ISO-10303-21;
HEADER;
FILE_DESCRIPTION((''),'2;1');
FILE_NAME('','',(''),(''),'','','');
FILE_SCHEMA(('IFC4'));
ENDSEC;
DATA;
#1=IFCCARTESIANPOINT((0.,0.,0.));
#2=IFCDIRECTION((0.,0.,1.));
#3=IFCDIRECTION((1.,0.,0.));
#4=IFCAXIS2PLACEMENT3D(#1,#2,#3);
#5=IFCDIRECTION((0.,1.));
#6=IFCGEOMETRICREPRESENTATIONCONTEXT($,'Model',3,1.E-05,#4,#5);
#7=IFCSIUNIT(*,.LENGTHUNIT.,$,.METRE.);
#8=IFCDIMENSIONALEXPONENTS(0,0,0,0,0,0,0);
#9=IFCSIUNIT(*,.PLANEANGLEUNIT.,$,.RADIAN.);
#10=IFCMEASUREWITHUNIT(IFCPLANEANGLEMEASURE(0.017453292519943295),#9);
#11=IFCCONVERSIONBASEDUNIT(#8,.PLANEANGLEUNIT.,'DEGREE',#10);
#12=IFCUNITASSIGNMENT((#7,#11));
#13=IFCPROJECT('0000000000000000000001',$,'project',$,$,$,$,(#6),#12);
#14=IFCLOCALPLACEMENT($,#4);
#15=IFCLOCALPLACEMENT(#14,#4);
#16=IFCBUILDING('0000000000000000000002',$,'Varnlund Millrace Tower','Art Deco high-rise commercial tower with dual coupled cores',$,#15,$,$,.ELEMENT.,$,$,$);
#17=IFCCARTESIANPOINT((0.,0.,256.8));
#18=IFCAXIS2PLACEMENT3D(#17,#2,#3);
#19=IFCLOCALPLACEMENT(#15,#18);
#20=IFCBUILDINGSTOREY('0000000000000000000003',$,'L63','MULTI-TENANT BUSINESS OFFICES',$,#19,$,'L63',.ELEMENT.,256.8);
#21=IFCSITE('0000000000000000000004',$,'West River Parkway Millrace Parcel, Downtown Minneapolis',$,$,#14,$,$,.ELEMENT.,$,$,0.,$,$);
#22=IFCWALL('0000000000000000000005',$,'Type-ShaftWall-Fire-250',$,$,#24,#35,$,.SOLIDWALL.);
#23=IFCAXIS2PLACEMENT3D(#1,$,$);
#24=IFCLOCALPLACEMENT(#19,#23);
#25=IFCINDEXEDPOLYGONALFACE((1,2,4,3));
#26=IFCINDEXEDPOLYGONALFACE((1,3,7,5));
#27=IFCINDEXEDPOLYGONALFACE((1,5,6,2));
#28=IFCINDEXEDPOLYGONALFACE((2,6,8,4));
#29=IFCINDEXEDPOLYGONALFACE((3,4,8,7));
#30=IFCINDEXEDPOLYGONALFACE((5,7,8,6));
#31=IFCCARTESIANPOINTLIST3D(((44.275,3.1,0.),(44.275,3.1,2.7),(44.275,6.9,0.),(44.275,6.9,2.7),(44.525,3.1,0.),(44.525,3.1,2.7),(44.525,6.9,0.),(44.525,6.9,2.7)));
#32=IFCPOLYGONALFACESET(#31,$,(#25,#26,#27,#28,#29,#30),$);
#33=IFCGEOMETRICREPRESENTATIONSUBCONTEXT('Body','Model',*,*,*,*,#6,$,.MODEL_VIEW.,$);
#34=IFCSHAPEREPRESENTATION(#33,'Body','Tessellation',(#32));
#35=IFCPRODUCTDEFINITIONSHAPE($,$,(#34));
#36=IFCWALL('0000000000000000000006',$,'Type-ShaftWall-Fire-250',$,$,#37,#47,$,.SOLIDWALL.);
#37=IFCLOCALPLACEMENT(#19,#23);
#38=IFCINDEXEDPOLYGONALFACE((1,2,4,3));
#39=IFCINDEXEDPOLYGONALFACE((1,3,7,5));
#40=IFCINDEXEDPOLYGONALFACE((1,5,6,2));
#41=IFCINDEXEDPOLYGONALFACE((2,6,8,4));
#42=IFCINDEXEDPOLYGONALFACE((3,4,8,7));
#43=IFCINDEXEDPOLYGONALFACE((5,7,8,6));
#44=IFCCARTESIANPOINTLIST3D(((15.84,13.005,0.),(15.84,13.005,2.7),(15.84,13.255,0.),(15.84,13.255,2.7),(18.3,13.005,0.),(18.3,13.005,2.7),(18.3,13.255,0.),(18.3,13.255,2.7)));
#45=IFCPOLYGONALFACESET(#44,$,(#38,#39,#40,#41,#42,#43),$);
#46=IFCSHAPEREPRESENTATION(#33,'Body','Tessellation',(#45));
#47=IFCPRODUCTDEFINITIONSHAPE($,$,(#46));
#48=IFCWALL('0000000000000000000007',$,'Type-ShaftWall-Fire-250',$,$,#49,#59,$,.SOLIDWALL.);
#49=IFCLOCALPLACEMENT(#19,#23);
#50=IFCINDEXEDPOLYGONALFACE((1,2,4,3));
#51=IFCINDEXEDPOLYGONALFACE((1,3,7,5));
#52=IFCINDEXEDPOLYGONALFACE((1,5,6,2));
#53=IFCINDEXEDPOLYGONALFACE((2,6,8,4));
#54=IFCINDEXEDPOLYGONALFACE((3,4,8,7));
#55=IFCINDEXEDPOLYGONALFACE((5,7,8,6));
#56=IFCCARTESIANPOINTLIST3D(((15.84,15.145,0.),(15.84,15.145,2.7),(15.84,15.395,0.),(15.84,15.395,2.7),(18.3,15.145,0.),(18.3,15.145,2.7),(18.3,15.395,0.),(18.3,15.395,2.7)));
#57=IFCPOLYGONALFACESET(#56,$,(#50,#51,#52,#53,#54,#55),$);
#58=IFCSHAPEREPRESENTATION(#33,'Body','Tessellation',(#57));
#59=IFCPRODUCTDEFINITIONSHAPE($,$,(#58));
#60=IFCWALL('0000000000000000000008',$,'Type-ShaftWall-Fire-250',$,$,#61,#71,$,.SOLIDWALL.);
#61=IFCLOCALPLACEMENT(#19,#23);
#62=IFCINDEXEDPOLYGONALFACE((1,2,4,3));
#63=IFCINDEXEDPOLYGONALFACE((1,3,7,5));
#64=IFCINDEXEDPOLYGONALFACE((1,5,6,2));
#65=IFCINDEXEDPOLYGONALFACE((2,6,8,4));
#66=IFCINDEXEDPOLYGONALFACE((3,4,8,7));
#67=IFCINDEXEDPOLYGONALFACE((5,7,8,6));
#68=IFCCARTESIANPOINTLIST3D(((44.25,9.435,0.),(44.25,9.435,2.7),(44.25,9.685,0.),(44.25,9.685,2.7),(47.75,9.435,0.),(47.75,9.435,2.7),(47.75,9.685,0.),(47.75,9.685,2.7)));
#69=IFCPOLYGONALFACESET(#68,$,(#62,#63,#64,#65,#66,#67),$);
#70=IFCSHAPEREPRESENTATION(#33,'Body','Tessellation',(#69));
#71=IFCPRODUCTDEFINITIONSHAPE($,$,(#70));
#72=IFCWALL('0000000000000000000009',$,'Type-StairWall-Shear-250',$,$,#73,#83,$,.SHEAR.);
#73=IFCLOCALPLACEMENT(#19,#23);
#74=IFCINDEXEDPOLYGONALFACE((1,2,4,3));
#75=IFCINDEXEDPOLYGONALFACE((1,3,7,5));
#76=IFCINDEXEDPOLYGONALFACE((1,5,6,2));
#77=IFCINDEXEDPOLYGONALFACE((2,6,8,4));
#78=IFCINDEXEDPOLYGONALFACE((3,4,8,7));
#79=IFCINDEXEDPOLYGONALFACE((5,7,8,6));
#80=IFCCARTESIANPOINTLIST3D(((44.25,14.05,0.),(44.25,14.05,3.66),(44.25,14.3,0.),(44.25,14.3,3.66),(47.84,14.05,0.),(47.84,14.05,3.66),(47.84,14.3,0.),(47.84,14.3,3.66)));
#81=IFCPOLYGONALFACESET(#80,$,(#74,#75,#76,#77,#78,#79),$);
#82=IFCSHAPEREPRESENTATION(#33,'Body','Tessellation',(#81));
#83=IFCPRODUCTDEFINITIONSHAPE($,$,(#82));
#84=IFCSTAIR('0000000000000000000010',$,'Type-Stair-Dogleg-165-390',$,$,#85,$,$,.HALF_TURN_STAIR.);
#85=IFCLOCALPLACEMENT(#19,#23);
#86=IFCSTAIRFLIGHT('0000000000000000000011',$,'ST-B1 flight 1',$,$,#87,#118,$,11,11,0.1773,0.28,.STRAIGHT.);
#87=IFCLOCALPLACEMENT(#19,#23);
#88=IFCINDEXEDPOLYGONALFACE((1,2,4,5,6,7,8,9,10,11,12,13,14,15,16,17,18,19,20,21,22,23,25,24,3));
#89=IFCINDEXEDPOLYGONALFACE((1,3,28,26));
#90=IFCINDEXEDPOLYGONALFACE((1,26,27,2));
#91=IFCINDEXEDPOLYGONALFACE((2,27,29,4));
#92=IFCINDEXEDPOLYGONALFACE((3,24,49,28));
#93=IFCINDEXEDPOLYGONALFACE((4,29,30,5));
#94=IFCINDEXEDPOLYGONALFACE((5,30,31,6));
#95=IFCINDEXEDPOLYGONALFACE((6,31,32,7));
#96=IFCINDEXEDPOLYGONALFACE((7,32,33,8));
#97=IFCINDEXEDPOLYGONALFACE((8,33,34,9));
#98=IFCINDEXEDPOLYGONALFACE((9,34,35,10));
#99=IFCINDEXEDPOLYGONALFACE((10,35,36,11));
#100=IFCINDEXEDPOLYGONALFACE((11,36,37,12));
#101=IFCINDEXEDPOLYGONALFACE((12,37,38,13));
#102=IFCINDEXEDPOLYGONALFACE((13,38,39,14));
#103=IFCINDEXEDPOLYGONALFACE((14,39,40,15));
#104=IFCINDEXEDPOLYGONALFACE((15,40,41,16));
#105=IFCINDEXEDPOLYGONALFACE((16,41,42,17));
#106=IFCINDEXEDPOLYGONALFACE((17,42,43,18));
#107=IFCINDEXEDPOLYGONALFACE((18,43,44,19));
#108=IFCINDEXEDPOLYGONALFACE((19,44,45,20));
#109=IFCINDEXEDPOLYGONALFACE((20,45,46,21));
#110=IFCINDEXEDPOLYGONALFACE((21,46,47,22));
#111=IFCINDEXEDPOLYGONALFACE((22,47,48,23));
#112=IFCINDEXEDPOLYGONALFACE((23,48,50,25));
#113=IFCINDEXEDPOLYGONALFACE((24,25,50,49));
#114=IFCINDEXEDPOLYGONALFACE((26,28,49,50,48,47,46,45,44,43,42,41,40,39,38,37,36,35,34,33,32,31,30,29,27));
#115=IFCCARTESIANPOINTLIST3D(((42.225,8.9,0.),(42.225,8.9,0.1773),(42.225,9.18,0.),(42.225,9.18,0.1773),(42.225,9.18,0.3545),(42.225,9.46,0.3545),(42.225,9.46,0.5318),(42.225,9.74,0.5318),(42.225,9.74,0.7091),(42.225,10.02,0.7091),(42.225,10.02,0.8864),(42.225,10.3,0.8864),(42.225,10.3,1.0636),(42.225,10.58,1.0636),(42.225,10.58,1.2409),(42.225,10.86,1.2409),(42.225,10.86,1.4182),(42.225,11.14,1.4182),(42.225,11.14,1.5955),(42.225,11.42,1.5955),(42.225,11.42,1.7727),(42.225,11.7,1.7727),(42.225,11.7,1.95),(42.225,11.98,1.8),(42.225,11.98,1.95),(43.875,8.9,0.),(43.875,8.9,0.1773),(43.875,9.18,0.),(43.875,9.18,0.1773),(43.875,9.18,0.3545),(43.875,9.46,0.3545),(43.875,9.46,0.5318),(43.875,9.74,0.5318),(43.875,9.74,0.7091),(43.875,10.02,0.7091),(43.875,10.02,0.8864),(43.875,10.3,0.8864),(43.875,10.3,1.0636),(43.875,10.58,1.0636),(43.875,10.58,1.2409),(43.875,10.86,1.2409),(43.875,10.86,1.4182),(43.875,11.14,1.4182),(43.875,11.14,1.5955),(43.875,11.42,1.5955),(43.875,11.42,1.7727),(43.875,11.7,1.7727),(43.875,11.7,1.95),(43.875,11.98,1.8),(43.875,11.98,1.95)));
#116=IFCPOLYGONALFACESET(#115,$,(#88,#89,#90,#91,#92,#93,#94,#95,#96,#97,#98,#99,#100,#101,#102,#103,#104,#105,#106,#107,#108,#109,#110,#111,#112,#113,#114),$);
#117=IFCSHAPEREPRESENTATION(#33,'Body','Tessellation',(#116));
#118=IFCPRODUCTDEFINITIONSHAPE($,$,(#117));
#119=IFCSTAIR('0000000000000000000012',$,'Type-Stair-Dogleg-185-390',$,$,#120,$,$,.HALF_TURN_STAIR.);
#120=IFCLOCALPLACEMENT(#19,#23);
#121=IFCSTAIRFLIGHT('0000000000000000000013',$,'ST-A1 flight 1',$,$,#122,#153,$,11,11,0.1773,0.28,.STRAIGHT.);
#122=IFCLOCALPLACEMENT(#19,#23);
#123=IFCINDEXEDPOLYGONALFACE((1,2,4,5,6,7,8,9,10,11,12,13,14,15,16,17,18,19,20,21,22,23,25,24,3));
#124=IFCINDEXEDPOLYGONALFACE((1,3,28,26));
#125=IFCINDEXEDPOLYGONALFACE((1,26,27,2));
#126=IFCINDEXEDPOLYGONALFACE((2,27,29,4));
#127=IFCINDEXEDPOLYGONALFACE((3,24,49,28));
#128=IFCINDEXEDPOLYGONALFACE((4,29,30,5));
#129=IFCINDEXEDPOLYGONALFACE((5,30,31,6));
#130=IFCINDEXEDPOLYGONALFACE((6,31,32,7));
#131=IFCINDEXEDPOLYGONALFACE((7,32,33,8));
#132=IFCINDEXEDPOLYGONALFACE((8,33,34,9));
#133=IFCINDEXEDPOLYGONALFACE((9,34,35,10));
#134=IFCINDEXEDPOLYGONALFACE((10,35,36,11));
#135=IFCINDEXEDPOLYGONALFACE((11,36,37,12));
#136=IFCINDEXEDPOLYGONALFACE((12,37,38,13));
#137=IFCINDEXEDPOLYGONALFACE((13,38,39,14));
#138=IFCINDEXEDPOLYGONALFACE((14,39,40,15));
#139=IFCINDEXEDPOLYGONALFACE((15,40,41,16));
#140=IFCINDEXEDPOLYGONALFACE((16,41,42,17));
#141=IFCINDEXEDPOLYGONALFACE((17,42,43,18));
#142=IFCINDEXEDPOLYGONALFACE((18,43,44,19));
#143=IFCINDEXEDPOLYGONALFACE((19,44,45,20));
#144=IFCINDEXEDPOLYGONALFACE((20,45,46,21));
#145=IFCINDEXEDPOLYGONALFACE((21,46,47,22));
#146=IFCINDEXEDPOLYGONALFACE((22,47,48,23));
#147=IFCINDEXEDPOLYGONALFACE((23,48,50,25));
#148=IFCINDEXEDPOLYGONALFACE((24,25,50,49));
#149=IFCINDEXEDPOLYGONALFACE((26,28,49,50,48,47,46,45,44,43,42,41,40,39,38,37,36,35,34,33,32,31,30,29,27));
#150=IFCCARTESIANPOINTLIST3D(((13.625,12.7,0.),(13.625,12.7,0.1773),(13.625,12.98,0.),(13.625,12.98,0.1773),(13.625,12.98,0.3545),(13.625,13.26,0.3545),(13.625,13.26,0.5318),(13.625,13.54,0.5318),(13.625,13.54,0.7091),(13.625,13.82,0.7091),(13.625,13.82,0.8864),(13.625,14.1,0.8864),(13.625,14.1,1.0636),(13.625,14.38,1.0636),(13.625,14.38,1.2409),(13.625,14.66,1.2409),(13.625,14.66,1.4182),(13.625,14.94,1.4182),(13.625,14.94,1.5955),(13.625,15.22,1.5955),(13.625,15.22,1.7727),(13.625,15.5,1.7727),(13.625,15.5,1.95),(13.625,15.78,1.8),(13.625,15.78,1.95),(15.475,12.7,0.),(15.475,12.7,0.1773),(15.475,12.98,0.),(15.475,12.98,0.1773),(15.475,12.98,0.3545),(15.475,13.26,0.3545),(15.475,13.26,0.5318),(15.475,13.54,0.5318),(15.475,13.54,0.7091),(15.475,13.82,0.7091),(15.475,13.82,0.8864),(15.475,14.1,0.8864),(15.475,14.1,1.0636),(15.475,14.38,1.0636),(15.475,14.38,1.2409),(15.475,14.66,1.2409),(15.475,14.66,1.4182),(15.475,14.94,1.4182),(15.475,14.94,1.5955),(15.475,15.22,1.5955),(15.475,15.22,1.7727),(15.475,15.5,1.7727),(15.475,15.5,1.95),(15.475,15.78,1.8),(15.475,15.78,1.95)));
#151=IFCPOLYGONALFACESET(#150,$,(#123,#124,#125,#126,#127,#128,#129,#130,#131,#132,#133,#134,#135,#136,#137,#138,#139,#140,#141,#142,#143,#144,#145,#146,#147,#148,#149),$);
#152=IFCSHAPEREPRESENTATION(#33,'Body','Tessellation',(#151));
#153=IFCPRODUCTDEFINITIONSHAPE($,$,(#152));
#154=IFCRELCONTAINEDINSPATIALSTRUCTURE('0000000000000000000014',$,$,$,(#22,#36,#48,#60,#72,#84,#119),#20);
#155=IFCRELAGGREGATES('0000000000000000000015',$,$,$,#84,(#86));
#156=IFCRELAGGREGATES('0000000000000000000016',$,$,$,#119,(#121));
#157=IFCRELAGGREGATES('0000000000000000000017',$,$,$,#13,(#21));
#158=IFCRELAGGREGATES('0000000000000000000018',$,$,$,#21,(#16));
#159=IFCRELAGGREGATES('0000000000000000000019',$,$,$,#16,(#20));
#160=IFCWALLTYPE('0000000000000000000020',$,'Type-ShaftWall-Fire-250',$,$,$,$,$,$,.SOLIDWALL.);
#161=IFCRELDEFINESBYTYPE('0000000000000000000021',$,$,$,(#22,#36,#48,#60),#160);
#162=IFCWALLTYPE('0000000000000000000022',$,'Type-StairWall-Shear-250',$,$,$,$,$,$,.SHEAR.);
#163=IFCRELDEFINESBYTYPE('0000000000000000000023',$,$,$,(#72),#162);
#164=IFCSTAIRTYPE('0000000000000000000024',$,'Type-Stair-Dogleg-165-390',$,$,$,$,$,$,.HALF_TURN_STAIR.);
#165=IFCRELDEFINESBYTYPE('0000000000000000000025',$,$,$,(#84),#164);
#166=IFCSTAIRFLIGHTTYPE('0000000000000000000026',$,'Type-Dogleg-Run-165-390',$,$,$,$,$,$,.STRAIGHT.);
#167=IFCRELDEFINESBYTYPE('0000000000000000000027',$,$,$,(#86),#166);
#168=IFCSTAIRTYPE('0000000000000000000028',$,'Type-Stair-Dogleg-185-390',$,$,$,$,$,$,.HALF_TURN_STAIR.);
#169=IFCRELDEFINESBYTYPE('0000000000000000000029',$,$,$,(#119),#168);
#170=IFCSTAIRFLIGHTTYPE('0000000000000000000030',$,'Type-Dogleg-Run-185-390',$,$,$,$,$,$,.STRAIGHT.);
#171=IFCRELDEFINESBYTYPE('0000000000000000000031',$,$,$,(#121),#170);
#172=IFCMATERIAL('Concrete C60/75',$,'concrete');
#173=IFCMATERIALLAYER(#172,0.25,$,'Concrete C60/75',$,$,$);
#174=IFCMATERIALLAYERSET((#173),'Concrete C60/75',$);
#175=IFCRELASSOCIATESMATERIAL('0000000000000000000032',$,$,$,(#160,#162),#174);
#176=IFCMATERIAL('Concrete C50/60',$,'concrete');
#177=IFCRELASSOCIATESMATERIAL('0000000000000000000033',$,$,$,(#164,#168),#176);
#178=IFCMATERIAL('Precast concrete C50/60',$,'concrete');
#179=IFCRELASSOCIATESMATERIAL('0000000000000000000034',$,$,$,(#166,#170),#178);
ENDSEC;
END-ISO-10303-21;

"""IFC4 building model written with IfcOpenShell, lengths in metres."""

from ifc_helpers import new_model, entity, si_unit, converted_unit, direction, frame, origin_with_axes, place, context, subcontext, project, spatial, polyline, outline, extrude, material, layer, layer_set, type_object, element, aggregate, save


model = new_model("IFC4")

# Units and contexts
model_context = context("Model", 3, precision=1e-05, world=origin_with_axes(), true_north=direction((0.0, 1.0)))
body_context = subcontext(model_context, "Body", "Model", "MODEL_VIEW")
ifc_project = project(units=[si_unit("LENGTHUNIT", "METRE"), converted_unit("PLANEANGLEUNIT", "DEGREE", entity("IfcPlaneAngleMeasure", 0.017453292519943295), si_unit("PLANEANGLEUNIT", "RADIAN"), dimensions=[0, 0, 0, 0, 0, 0, 0])], contexts=[model_context])

# Site, building, storey
site_placement = place(None, origin_with_axes())
site = spatial("IfcSite", under=ifc_project, at=site_placement, Name="West River Parkway Millrace Parcel, Downtown Minneapolis", CompositionType="ELEMENT", RefElevation=0.0)
building_placement = place(site_placement, origin_with_axes())
building = spatial("IfcBuilding", under=site, at=building_placement, Name="Varnlund Millrace Tower", Description="Art Deco high-rise commercial tower with dual coupled cores", CompositionType="ELEMENT")
storey_placement = place(building_placement, frame((0.0, 0.0, 256.8), z_axis=(0.0, 0.0, 1.0), x_axis=(1.0, 0.0, 0.0)))
storey = spatial("IfcBuildingStorey", under=building, at=storey_placement, Name="L63", Description="MULTI-TENANT BUSINESS OFFICES", LongName="L63", CompositionType="ELEMENT", Elevation=256.8)

# Shared definitions
ifc_material_1 = material(Name="Concrete C60/75", Category="concrete")

# Shared definitions
ifc_layer_1 = layer(ifc_material_1, 0.25, Name="Concrete C60/75")
ifc_layer_set_1 = layer_set([ifc_layer_1], Name="Concrete C60/75")
wall_type_1 = type_object("IfcWallType", Name="Type-ShaftWall-Fire-250", PredefinedType="SOLIDWALL", material=ifc_layer_set_1)

# Walls
wall_1_placement = place(storey_placement, frame((44.4, 3.1, 0.0), z_axis=(0.0, 0.0, 1.0), x_axis=(0.0, 1.0, 0.0)))
element("IfcWall", 1, at=wall_1_placement, inside=storey, type_object=wall_type_1, Name="Type-ShaftWall-Fire-250", PredefinedType="SOLIDWALL", context=body_context, shape_type="SweptSolid", body=[
    extrude(outline(polyline([(0.0, -0.125), (3.8, -0.125), (3.8, 0.125), (0.0, 0.125), (0.0, -0.125)])), origin_with_axes(), (0.0, 0.0, 1.0), 2.7),
])
for number, where, z_axis, x_axis, name in (
    (2, (15.84, 13.13, 0.0), (0.0, 0.0, 1.0), (1.0, 0.0, 0.0), "Type-ShaftWall-Fire-250"),
    (3, (15.84, 15.27, 0.0), (0.0, 0.0, 1.0), (1.0, 0.0, 0.0), "Type-ShaftWall-Fire-250"),
):
    element("IfcWall", number, at=place(storey_placement, frame(where, z_axis=z_axis, x_axis=x_axis)), inside=storey, type_object=wall_type_1, Name=name, PredefinedType="SOLIDWALL", context=body_context, shape_type="SweptSolid", body=[
        extrude(outline(polyline([(0.0, -0.125), (2.46, -0.125), (2.46, 0.125), (0.0, 0.125), (0.0, -0.125)])), origin_with_axes(), (0.0, 0.0, 1.0), 2.7),
    ])
wall_2_placement = place(storey_placement, frame((44.25, 9.56, 0.0), z_axis=(0.0, 0.0, 1.0), x_axis=(1.0, 0.0, 0.0)))
element("IfcWall", 4, at=wall_2_placement, inside=storey, type_object=wall_type_1, Name="Type-ShaftWall-Fire-250", PredefinedType="SOLIDWALL", context=body_context, shape_type="SweptSolid", body=[
    extrude(outline(polyline([(0.0, -0.125), (3.5, -0.125), (3.5, 0.125), (0.0, 0.125), (0.0, -0.125)])), origin_with_axes(), (0.0, 0.0, 1.0), 2.7),
])
wall_type_2 = type_object("IfcWallType", Name="Type-StairWall-Shear-250", PredefinedType="SHEAR", material=ifc_layer_set_1)
wall_3_placement = place(storey_placement, frame((44.25, 14.175, 0.0), z_axis=(0.0, 0.0, 1.0), x_axis=(1.0, 0.0, 0.0)))
element("IfcWall", 5, at=wall_3_placement, inside=storey, type_object=wall_type_2, Name="Type-StairWall-Shear-250", PredefinedType="SHEAR", context=body_context, shape_type="SweptSolid", body=[
    extrude(outline(polyline([(0.0, -0.125), (3.59, -0.125), (3.59, 0.125), (0.0, 0.125), (0.0, -0.125)])), origin_with_axes(), (0.0, 0.0, 1.0), 3.66),
])

# Stairs, stair flights
ifc_material_2 = material(Name="Concrete C50/60", Category="concrete")
stair_type_1 = type_object("IfcStairType", Name="Type-Stair-Dogleg-165-390", PredefinedType="HALF_TURN_STAIR", material=ifc_material_2)
stair_1_placement = place(storey_placement, origin_with_axes())
stair_1 = element("IfcStair", 6, at=stair_1_placement, inside=storey, type_object=stair_type_1, Name="Type-Stair-Dogleg-165-390", PredefinedType="HALF_TURN_STAIR")
ifc_material_3 = material(Name="Precast concrete C50/60", Category="concrete")
stair_flight_type_1 = type_object("IfcStairFlightType", Name="Type-Dogleg-Run-165-390", PredefinedType="STRAIGHT", material=ifc_material_3)
stair_flight_1_placement = place(storey_placement, frame((42.225, 8.9, 0.0), z_axis=(1.0, 0.0, 0.0), x_axis=(0.0, 1.0, 0.0)))
stair_flight_1 = element("IfcStairFlight", 7, at=stair_flight_1_placement, type_object=stair_flight_type_1, Name="ST-B1 flight 1", NumberOfRisers=11, NumberOfTreads=11, PredefinedType="STRAIGHT", RiserHeight=0.1773, TreadLength=0.28, context=body_context, shape_type="SweptSolid", body=[
    extrude(outline(polyline([(0.0, 0.0), (0.0, 0.1773), (0.28, 0.1773), (0.28, 0.3545), (0.56, 0.3545), (0.56, 0.5318), (0.84, 0.5318), (0.84, 0.7091), (1.12, 0.7091), (1.12, 0.8864), (1.4, 0.8864), (1.4, 1.0636), (1.68, 1.0636), (1.68, 1.2409), (1.96, 1.2409), (1.96, 1.4182), (2.24, 1.4182), (2.24, 1.5955), (2.52, 1.5955), (2.52, 1.7727), (2.8, 1.7727), (2.8, 1.95), (3.08, 1.95), (3.08, 1.8), (0.28, 0.0), (0.0, 0.0)])), origin_with_axes(), (0.0, 0.0, 1.0), 1.65),
])
aggregate(stair_1, [stair_flight_1])
stair_type_2 = type_object("IfcStairType", Name="Type-Stair-Dogleg-185-390", PredefinedType="HALF_TURN_STAIR", material=ifc_material_2)
stair_2_placement = place(storey_placement, origin_with_axes())
stair_2 = element("IfcStair", 8, at=stair_2_placement, inside=storey, type_object=stair_type_2, Name="Type-Stair-Dogleg-185-390", PredefinedType="HALF_TURN_STAIR")
stair_flight_type_2 = type_object("IfcStairFlightType", Name="Type-Dogleg-Run-185-390", PredefinedType="STRAIGHT", material=ifc_material_3)
stair_flight_2_placement = place(storey_placement, frame((13.625, 12.7, 0.0), z_axis=(1.0, 0.0, 0.0), x_axis=(0.0, 1.0, 0.0)))
stair_flight_2 = element("IfcStairFlight", 9, at=stair_flight_2_placement, type_object=stair_flight_type_2, Name="ST-A1 flight 1", NumberOfRisers=11, NumberOfTreads=11, PredefinedType="STRAIGHT", RiserHeight=0.1773, TreadLength=0.28, context=body_context, shape_type="SweptSolid", body=[
    extrude(outline(polyline([(0.0, 0.0), (0.0, 0.1773), (0.28, 0.1773), (0.28, 0.3545), (0.56, 0.3545), (0.56, 0.5318), (0.84, 0.5318), (0.84, 0.7091), (1.12, 0.7091), (1.12, 0.8864), (1.4, 0.8864), (1.4, 1.0636), (1.68, 1.0636), (1.68, 1.2409), (1.96, 1.2409), (1.96, 1.4182), (2.24, 1.4182), (2.24, 1.5955), (2.52, 1.5955), (2.52, 1.7727), (2.8, 1.7727), (2.8, 1.95), (3.08, 1.95), (3.08, 1.8), (0.28, 0.0), (0.0, 0.0)])), origin_with_axes(), (0.0, 0.0, 1.0), 1.85),
])
aggregate(stair_2, [stair_flight_2])

save(model, "model.ifc")
